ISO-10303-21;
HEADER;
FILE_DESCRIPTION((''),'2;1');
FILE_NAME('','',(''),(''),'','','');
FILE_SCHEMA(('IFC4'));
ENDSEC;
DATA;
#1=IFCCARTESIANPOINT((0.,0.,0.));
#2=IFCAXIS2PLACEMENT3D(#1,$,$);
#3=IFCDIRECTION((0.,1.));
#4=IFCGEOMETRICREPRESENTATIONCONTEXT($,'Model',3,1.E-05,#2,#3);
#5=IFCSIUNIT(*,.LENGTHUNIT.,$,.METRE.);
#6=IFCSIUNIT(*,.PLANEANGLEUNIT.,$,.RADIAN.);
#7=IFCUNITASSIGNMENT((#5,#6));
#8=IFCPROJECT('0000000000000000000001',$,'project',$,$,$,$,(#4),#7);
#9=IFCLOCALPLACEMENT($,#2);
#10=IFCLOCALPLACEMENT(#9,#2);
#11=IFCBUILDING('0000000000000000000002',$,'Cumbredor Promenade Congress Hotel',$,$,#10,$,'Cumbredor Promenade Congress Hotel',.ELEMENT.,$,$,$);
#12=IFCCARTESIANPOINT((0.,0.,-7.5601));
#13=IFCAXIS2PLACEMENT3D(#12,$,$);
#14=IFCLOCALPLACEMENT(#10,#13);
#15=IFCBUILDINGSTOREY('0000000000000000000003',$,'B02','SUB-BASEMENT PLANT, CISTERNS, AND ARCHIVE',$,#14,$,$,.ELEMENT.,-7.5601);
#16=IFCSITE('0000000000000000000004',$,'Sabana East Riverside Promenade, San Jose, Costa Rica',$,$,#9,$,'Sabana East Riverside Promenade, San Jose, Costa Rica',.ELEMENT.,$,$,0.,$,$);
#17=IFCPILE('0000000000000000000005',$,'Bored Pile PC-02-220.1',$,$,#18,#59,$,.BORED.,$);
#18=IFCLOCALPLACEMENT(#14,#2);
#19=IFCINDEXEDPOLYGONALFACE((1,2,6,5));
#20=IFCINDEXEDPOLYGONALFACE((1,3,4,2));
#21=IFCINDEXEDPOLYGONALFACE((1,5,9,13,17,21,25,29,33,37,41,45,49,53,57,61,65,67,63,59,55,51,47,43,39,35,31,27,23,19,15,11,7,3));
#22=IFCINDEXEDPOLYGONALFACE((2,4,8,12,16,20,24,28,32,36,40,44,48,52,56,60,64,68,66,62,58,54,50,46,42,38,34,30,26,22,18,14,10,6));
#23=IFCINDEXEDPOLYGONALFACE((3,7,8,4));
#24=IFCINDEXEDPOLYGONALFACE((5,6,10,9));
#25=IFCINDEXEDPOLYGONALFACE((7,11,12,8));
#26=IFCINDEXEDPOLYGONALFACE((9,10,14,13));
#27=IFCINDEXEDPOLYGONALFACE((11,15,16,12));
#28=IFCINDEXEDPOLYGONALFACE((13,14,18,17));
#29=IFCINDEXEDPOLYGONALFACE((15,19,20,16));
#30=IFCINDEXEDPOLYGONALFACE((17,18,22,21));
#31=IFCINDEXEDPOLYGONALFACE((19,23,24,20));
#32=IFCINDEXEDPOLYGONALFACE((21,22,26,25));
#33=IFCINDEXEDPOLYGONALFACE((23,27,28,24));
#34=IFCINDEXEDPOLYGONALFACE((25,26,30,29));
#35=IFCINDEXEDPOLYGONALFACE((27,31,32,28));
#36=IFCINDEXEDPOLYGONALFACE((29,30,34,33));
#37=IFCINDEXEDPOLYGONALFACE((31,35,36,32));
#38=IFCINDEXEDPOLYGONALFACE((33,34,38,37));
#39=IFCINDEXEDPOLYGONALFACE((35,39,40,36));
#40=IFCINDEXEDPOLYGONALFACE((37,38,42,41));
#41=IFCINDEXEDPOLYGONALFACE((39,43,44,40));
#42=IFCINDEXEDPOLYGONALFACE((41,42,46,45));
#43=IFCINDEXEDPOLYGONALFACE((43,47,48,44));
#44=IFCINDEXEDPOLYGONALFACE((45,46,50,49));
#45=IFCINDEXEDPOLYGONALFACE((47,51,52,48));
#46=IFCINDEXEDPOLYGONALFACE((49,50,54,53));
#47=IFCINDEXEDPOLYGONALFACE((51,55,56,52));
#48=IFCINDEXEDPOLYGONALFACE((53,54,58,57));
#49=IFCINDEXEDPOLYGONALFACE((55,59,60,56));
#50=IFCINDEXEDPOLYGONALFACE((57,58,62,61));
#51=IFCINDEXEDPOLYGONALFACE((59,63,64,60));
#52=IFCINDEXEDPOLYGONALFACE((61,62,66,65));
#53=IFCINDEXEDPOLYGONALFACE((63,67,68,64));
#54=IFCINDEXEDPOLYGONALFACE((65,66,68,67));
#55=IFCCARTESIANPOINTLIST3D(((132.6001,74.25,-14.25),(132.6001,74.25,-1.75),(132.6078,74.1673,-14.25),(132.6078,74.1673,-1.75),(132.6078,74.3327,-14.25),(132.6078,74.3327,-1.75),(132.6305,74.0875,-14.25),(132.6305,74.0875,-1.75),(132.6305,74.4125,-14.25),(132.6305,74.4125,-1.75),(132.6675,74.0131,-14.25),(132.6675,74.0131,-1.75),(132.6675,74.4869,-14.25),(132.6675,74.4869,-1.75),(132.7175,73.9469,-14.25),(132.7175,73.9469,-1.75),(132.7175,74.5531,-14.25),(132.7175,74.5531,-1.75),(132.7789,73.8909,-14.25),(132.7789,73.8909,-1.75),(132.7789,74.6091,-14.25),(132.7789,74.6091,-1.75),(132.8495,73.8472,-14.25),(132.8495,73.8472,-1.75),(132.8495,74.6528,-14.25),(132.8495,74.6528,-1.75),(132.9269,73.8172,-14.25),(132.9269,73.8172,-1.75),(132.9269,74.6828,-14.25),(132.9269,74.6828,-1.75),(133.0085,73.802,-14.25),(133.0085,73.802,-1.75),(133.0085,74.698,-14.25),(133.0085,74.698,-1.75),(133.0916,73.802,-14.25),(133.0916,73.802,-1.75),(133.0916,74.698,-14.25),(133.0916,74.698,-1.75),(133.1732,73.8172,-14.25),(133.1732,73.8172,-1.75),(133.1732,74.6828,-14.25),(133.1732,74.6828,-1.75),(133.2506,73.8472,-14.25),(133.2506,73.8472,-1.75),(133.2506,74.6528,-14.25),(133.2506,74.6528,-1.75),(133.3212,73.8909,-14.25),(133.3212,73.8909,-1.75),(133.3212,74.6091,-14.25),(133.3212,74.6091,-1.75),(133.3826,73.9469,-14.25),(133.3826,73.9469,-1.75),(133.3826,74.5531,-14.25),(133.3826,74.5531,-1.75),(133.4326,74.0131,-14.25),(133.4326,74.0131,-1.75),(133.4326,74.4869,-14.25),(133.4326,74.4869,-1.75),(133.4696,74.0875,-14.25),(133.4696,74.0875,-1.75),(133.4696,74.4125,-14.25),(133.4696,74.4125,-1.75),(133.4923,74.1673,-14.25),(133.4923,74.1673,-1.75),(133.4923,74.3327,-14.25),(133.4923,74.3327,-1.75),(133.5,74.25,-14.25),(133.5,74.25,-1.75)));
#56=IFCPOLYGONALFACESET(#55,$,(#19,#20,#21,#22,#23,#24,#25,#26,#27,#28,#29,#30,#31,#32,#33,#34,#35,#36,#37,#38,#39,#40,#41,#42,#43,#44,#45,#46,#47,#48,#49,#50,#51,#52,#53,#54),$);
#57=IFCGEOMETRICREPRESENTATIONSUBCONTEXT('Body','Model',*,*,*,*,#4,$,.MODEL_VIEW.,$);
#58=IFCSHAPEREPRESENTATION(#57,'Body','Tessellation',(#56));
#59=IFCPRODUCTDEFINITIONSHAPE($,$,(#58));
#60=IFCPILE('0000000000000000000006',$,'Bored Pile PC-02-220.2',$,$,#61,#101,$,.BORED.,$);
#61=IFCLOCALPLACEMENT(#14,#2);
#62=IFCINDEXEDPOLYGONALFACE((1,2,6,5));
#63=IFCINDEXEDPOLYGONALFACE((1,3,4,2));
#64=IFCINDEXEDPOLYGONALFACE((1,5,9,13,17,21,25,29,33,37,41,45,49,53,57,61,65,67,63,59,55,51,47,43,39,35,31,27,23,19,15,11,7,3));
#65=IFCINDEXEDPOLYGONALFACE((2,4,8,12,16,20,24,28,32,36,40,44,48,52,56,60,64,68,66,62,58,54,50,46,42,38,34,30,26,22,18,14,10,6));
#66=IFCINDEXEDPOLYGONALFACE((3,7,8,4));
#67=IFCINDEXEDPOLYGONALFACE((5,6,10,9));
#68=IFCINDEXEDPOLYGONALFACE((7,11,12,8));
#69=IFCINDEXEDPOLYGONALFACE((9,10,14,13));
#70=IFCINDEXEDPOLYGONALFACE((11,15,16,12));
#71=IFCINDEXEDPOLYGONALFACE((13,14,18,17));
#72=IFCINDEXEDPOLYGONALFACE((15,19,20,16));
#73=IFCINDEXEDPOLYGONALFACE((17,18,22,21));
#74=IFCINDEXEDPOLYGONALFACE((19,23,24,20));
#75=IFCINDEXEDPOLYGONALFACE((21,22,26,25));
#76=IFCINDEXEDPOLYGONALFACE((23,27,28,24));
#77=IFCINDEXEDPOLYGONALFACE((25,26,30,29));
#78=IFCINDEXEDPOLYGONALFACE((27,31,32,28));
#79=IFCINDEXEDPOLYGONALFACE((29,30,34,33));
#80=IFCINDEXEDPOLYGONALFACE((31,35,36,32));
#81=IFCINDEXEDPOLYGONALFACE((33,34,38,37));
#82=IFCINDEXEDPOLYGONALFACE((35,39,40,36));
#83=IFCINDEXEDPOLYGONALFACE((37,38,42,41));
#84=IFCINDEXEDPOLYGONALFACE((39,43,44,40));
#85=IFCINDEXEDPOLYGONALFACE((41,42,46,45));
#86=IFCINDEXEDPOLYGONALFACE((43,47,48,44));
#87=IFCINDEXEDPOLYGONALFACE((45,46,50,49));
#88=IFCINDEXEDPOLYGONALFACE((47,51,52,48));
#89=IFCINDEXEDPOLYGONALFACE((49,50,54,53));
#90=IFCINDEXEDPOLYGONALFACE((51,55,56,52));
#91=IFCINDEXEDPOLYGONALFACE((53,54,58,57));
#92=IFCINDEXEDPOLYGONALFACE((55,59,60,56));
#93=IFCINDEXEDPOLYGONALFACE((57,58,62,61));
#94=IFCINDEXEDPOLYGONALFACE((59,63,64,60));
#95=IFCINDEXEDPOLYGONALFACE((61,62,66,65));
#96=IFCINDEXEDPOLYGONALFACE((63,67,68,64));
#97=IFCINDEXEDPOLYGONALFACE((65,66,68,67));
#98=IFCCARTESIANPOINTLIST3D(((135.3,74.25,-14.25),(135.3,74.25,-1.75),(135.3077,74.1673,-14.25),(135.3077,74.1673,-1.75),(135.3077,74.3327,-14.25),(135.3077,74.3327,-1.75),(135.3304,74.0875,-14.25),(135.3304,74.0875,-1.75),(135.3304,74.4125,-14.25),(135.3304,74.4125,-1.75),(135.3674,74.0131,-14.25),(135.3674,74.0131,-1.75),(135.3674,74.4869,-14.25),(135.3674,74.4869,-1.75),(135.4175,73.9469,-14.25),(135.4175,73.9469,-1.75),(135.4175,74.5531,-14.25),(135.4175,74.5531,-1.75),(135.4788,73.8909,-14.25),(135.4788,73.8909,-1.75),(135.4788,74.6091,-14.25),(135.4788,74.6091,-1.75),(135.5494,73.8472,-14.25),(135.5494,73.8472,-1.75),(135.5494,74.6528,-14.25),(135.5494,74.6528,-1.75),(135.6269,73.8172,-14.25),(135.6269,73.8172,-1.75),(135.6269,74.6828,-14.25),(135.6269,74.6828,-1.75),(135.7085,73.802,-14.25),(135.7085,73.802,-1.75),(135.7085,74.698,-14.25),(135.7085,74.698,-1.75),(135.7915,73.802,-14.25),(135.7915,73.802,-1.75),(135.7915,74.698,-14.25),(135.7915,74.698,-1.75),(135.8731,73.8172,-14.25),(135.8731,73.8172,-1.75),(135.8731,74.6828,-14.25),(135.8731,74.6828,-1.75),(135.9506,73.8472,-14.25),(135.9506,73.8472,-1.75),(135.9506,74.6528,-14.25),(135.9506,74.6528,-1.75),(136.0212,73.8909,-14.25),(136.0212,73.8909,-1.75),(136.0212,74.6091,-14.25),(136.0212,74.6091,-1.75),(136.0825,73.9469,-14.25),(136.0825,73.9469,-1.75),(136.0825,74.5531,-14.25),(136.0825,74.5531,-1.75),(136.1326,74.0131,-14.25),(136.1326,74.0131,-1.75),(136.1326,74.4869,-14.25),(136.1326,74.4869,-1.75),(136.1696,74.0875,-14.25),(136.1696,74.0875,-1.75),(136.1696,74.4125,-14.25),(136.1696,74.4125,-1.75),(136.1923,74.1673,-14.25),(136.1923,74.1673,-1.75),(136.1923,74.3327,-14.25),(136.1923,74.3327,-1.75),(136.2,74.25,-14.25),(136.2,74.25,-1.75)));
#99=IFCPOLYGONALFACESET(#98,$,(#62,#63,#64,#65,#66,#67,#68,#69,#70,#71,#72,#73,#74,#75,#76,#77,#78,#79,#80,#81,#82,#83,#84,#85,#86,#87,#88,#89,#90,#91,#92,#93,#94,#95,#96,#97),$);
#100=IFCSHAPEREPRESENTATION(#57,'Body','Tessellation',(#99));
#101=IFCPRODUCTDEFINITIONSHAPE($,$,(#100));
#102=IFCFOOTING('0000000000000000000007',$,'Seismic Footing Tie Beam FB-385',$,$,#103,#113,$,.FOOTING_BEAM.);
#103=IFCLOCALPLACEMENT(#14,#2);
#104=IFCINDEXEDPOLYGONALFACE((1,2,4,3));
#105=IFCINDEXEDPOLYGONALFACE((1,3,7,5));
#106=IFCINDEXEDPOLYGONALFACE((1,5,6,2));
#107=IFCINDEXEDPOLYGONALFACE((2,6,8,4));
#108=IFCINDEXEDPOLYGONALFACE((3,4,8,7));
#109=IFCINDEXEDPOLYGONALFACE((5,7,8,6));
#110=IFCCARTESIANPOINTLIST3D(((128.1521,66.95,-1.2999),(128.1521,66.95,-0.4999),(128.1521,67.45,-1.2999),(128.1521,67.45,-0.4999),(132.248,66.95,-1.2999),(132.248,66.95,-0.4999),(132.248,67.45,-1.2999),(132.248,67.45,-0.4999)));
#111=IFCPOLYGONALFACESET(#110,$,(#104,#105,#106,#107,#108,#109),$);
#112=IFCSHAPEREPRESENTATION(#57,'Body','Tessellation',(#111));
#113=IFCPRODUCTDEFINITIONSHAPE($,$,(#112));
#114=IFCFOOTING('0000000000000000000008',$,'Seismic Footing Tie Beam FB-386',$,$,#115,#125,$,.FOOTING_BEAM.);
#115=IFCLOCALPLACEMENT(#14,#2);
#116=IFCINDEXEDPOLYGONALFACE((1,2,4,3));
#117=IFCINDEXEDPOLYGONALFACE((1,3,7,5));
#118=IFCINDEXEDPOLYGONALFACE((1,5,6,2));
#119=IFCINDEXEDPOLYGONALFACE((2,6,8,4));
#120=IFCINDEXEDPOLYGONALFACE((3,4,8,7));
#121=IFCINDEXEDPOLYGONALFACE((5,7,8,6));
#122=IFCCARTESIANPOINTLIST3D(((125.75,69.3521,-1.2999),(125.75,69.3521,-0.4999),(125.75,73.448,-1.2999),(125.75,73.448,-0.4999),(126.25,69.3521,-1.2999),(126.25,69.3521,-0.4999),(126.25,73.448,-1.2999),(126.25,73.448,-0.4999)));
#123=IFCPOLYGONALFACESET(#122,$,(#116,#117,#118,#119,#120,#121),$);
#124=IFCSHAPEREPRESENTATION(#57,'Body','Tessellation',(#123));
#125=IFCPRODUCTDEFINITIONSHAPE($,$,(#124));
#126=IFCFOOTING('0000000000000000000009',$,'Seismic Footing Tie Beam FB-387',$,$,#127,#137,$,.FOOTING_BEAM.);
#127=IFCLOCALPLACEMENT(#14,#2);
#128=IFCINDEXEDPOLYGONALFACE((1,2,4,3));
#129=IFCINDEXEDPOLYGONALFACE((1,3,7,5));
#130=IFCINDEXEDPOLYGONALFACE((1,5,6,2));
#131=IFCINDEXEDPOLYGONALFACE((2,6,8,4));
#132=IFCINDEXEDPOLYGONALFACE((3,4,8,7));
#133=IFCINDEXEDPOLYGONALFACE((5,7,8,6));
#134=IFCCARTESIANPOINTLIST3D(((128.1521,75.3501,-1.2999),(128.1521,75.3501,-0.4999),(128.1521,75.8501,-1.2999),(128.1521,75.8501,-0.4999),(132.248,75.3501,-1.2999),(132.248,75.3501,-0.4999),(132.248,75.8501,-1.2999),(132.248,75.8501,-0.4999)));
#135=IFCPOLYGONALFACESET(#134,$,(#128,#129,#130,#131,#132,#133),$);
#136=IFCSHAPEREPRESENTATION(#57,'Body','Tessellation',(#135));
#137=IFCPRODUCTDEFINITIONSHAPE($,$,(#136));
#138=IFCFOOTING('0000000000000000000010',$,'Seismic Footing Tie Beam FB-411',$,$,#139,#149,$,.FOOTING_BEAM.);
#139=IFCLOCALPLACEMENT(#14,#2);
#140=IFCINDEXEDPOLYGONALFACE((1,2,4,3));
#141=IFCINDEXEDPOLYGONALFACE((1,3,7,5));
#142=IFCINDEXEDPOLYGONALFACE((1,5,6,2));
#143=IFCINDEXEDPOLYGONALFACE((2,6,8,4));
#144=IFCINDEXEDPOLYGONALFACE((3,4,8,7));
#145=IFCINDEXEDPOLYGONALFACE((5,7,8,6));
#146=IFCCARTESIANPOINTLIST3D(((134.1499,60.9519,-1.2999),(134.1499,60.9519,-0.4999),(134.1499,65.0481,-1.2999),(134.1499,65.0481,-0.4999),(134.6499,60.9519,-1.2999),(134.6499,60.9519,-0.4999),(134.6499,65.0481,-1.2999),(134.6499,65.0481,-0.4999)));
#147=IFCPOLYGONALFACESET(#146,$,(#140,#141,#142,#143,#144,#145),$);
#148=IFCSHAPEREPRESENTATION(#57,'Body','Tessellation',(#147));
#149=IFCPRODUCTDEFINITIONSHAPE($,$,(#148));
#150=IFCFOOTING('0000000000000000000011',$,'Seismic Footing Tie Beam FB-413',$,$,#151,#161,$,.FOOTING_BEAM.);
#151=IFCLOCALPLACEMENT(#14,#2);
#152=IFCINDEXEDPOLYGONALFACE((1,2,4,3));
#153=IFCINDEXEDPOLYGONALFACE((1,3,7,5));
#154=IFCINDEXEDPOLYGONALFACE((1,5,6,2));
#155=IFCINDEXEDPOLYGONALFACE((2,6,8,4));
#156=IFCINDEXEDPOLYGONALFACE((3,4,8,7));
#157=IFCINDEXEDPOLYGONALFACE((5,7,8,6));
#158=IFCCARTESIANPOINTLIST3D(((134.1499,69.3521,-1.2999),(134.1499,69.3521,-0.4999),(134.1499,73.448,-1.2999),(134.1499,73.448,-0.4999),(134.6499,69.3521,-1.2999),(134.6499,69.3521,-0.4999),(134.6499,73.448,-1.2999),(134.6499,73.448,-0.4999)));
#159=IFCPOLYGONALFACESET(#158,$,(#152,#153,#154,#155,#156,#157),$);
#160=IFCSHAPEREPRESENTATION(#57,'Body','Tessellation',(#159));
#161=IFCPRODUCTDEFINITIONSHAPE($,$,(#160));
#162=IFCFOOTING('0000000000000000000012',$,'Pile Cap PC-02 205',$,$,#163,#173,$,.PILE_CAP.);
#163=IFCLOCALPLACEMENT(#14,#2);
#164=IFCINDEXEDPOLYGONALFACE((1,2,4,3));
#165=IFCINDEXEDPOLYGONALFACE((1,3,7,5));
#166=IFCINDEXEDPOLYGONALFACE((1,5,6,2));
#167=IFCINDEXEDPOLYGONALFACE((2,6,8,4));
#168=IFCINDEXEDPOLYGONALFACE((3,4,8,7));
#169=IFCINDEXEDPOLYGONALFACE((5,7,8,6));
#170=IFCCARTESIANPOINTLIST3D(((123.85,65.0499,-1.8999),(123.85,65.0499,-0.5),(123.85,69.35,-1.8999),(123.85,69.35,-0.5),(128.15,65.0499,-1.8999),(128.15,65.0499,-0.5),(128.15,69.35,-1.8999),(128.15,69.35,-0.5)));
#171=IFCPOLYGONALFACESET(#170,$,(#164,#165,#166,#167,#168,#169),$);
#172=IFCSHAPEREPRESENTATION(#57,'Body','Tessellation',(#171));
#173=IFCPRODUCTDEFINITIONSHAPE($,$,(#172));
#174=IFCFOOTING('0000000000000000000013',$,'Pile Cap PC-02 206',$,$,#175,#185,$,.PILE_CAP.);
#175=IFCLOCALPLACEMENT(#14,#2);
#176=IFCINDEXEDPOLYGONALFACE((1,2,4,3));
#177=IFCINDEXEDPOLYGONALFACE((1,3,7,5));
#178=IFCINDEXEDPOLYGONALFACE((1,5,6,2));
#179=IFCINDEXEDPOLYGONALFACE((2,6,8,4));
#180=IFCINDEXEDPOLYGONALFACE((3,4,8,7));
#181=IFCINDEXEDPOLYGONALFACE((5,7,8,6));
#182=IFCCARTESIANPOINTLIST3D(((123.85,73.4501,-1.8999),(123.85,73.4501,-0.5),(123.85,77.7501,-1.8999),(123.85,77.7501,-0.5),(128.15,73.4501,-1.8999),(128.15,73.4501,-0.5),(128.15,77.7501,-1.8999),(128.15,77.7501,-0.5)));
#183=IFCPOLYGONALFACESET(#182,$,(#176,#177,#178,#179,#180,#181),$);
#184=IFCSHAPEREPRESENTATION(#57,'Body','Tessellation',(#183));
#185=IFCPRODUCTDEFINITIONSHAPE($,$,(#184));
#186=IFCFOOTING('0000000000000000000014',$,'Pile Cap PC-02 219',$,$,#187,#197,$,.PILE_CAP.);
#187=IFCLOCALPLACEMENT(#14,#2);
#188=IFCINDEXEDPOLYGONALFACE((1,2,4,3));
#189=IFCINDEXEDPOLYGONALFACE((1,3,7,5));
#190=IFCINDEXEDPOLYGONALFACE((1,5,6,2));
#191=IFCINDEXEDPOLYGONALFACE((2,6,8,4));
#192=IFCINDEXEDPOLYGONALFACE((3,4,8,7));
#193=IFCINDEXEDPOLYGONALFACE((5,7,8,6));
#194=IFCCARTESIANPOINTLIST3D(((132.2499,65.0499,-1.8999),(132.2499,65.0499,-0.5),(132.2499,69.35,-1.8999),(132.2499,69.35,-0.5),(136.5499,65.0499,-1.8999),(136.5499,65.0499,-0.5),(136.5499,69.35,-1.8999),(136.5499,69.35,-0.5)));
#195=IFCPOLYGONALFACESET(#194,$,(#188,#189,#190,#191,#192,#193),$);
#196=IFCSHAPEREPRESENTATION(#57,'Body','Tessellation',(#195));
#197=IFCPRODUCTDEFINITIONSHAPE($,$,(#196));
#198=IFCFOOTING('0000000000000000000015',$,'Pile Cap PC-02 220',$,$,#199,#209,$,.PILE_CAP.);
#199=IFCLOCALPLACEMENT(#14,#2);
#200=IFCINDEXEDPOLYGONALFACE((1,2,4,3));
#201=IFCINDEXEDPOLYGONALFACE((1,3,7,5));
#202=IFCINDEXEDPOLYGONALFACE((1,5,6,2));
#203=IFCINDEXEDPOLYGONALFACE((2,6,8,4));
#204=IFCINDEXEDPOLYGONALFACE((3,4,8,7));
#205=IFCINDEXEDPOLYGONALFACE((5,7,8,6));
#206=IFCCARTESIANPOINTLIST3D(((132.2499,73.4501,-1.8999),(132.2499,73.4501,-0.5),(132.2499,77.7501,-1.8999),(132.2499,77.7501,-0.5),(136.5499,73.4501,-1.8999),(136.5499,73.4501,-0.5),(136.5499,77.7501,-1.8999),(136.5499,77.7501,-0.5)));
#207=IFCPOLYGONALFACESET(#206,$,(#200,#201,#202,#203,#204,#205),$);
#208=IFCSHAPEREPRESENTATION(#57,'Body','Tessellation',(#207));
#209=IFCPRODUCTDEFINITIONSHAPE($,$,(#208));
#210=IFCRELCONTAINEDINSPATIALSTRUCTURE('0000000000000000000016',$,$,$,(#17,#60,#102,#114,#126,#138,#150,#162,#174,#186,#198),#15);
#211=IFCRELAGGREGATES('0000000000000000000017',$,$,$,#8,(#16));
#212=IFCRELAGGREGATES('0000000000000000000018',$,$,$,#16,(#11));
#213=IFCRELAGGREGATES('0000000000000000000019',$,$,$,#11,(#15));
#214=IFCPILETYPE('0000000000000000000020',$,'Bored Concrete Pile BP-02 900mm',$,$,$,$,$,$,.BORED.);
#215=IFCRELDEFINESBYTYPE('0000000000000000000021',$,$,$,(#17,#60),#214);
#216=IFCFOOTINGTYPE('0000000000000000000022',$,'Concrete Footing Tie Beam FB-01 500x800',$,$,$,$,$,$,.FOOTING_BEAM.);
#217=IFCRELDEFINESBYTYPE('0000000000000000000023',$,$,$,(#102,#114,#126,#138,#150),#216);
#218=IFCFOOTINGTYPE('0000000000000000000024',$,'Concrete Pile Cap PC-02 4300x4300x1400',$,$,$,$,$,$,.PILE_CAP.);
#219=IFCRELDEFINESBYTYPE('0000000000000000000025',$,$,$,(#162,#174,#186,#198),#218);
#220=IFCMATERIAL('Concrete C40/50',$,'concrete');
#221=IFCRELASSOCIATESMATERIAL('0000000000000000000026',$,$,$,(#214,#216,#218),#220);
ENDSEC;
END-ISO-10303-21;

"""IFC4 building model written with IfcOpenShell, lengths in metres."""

from ifc_helpers import new_model, si_unit, direction, frame, origin, origin_2d, place, context, subcontext, project, spatial, rectangle, circle, extrude, material, material_profile, profile_set, type_object, element, save


model = new_model("IFC4")

# Units and contexts
model_context = context("Model", 3, precision=1e-05, world=origin(), true_north=direction((0.0, 1.0)))
body_context = subcontext(model_context, "Body", "Model", "MODEL_VIEW")
ifc_project = project(units=[si_unit("LENGTHUNIT", "METRE"), si_unit("PLANEANGLEUNIT", "RADIAN")], contexts=[model_context])

# Site, building, storey
site_placement = place(None, origin())
site = spatial("IfcSite", under=ifc_project, at=site_placement, Name="Sabana East Riverside Promenade, San Jose, Costa Rica", LongName="Sabana East Riverside Promenade, San Jose, Costa Rica", CompositionType="ELEMENT", RefElevation=0.0)
building_placement = place(site_placement, origin())
building = spatial("IfcBuilding", under=site, at=building_placement, Name="Cumbredor Promenade Congress Hotel", LongName="Cumbredor Promenade Congress Hotel", CompositionType="ELEMENT")
storey_placement = place(building_placement, frame((0.0, 0.0, -7.5601)))
storey = spatial("IfcBuildingStorey", under=building, at=storey_placement, Name="B02", Description="SUB-BASEMENT PLANT, CISTERNS, AND ARCHIVE", CompositionType="ELEMENT", Elevation=-7.5601)

# Piles
ifc_material_1 = material(Name="Concrete C40/50", Category="concrete")
ifc_material_profile_1 = material_profile(ifc_material_1, circle(Radius=0.45, at=origin_2d()), Name="PILE D900")
ifc_profile_set_1 = profile_set([ifc_material_profile_1], Name="Concrete C40/50")
pile_type = type_object("IfcPileType", Name="Bored Concrete Pile BP-02 900mm", PredefinedType="BORED", material=ifc_profile_set_1)
for number, where, z_axis, x_axis, name in (
    (1, (133.05, 74.25, -1.75), (0.0, 0.0, -1.0), (1.0, 0.0, 0.0), "Bored Pile PC-02-220.1"),
    (2, (135.75, 74.25, -1.75), (0.0, 0.0, -1.0), (1.0, 0.0, 0.0), "Bored Pile PC-02-220.2"),
):
    element("IfcPile", number, at=place(storey_placement, frame(where, z_axis=z_axis, x_axis=x_axis)), inside=storey, type_object=pile_type, Name=name, PredefinedType="BORED", context=body_context, shape_type="SweptSolid", body=[
        extrude(circle(Radius=0.45, at=origin_2d()), origin(), (0.0, 0.0, 1.0), 12.5),
    ])

# Footings
ifc_material_profile_2 = material_profile(ifc_material_1, rectangle(XDim=0.5, YDim=0.8, at=origin_2d()), Name="FB 500x800")
ifc_profile_set_2 = profile_set([ifc_material_profile_2], Name="Concrete C40/50")
footing_type_1 = type_object("IfcFootingType", Name="Concrete Footing Tie Beam FB-01 500x800", PredefinedType="FOOTING_BEAM", material=ifc_profile_set_2)
for number, where, z_axis, x_axis, name in (
    (3, (128.1521, 67.2, -0.8999), (1.0, 0.0, 0.0), (0.0, 1.0, 0.0), "Seismic Footing Tie Beam FB-385"),
    (4, (126.0, 69.3521, -0.8999), (0.0, 1.0, 0.0), (-1.0, 0.0, 0.0), "Seismic Footing Tie Beam FB-386"),
    (5, (128.1521, 75.6001, -0.8999), (1.0, 0.0, 0.0), (0.0, 1.0, 0.0), "Seismic Footing Tie Beam FB-387"),
):
    element("IfcFooting", number, at=place(storey_placement, frame(where, z_axis=z_axis, x_axis=x_axis)), inside=storey, type_object=footing_type_1, Name=name, PredefinedType="FOOTING_BEAM", context=body_context, shape_type="SweptSolid", body=[
        extrude(rectangle(XDim=0.5, YDim=0.8, at=origin_2d()), origin(), (0.0, 0.0, 1.0), 4.0959),
    ])
footing_1_placement = place(storey_placement, frame((134.3999, 60.9519, -0.8999), z_axis=(0.0, 1.0, 0.0), x_axis=(-1.0, 0.0, 0.0)))
element("IfcFooting", 6, at=footing_1_placement, inside=storey, type_object=footing_type_1, Name="Seismic Footing Tie Beam FB-411", PredefinedType="FOOTING_BEAM", context=body_context, shape_type="SweptSolid", body=[
    extrude(rectangle(XDim=0.5, YDim=0.8, at=origin_2d()), origin(), (0.0, 0.0, 1.0), 4.0962),
])
footing_2_placement = place(storey_placement, frame((134.3999, 69.3521, -0.8999), z_axis=(0.0, 1.0, 0.0), x_axis=(-1.0, 0.0, 0.0)))
element("IfcFooting", 7, at=footing_2_placement, inside=storey, type_object=footing_type_1, Name="Seismic Footing Tie Beam FB-413", PredefinedType="FOOTING_BEAM", context=body_context, shape_type="SweptSolid", body=[
    extrude(rectangle(XDim=0.5, YDim=0.8, at=origin_2d()), origin(), (0.0, 0.0, 1.0), 4.0959),
])
footing_type_2 = type_object("IfcFootingType", Name="Concrete Pile Cap PC-02 4300x4300x1400", PredefinedType="PILE_CAP", material=ifc_material_1)
for number, where, z_axis, x_axis, name in (
    (8, (126.0, 67.2, -1.8999), (0.0, 0.0, 1.0), (1.0, 0.0, 0.0), "Pile Cap PC-02 205"),
    (9, (126.0, 75.6001, -1.8999), (0.0, 0.0, 1.0), (1.0, 0.0, 0.0), "Pile Cap PC-02 206"),
    (10, (134.3999, 67.2, -1.8999), (0.0, 0.0, 1.0), (1.0, 0.0, 0.0), "Pile Cap PC-02 219"),
    (11, (134.3999, 75.6001, -1.8999), (0.0, 0.0, 1.0), (1.0, 0.0, 0.0), "Pile Cap PC-02 220"),
):
    element("IfcFooting", number, at=place(storey_placement, frame(where, z_axis=z_axis, x_axis=x_axis)), inside=storey, type_object=footing_type_2, Name=name, PredefinedType="PILE_CAP", context=body_context, shape_type="SweptSolid", body=[
        extrude(rectangle(XDim=4.3, YDim=4.3, at=origin_2d()), origin(), (0.0, 0.0, 1.0), 1.3999),
    ])

save(model, "model.ifc")
